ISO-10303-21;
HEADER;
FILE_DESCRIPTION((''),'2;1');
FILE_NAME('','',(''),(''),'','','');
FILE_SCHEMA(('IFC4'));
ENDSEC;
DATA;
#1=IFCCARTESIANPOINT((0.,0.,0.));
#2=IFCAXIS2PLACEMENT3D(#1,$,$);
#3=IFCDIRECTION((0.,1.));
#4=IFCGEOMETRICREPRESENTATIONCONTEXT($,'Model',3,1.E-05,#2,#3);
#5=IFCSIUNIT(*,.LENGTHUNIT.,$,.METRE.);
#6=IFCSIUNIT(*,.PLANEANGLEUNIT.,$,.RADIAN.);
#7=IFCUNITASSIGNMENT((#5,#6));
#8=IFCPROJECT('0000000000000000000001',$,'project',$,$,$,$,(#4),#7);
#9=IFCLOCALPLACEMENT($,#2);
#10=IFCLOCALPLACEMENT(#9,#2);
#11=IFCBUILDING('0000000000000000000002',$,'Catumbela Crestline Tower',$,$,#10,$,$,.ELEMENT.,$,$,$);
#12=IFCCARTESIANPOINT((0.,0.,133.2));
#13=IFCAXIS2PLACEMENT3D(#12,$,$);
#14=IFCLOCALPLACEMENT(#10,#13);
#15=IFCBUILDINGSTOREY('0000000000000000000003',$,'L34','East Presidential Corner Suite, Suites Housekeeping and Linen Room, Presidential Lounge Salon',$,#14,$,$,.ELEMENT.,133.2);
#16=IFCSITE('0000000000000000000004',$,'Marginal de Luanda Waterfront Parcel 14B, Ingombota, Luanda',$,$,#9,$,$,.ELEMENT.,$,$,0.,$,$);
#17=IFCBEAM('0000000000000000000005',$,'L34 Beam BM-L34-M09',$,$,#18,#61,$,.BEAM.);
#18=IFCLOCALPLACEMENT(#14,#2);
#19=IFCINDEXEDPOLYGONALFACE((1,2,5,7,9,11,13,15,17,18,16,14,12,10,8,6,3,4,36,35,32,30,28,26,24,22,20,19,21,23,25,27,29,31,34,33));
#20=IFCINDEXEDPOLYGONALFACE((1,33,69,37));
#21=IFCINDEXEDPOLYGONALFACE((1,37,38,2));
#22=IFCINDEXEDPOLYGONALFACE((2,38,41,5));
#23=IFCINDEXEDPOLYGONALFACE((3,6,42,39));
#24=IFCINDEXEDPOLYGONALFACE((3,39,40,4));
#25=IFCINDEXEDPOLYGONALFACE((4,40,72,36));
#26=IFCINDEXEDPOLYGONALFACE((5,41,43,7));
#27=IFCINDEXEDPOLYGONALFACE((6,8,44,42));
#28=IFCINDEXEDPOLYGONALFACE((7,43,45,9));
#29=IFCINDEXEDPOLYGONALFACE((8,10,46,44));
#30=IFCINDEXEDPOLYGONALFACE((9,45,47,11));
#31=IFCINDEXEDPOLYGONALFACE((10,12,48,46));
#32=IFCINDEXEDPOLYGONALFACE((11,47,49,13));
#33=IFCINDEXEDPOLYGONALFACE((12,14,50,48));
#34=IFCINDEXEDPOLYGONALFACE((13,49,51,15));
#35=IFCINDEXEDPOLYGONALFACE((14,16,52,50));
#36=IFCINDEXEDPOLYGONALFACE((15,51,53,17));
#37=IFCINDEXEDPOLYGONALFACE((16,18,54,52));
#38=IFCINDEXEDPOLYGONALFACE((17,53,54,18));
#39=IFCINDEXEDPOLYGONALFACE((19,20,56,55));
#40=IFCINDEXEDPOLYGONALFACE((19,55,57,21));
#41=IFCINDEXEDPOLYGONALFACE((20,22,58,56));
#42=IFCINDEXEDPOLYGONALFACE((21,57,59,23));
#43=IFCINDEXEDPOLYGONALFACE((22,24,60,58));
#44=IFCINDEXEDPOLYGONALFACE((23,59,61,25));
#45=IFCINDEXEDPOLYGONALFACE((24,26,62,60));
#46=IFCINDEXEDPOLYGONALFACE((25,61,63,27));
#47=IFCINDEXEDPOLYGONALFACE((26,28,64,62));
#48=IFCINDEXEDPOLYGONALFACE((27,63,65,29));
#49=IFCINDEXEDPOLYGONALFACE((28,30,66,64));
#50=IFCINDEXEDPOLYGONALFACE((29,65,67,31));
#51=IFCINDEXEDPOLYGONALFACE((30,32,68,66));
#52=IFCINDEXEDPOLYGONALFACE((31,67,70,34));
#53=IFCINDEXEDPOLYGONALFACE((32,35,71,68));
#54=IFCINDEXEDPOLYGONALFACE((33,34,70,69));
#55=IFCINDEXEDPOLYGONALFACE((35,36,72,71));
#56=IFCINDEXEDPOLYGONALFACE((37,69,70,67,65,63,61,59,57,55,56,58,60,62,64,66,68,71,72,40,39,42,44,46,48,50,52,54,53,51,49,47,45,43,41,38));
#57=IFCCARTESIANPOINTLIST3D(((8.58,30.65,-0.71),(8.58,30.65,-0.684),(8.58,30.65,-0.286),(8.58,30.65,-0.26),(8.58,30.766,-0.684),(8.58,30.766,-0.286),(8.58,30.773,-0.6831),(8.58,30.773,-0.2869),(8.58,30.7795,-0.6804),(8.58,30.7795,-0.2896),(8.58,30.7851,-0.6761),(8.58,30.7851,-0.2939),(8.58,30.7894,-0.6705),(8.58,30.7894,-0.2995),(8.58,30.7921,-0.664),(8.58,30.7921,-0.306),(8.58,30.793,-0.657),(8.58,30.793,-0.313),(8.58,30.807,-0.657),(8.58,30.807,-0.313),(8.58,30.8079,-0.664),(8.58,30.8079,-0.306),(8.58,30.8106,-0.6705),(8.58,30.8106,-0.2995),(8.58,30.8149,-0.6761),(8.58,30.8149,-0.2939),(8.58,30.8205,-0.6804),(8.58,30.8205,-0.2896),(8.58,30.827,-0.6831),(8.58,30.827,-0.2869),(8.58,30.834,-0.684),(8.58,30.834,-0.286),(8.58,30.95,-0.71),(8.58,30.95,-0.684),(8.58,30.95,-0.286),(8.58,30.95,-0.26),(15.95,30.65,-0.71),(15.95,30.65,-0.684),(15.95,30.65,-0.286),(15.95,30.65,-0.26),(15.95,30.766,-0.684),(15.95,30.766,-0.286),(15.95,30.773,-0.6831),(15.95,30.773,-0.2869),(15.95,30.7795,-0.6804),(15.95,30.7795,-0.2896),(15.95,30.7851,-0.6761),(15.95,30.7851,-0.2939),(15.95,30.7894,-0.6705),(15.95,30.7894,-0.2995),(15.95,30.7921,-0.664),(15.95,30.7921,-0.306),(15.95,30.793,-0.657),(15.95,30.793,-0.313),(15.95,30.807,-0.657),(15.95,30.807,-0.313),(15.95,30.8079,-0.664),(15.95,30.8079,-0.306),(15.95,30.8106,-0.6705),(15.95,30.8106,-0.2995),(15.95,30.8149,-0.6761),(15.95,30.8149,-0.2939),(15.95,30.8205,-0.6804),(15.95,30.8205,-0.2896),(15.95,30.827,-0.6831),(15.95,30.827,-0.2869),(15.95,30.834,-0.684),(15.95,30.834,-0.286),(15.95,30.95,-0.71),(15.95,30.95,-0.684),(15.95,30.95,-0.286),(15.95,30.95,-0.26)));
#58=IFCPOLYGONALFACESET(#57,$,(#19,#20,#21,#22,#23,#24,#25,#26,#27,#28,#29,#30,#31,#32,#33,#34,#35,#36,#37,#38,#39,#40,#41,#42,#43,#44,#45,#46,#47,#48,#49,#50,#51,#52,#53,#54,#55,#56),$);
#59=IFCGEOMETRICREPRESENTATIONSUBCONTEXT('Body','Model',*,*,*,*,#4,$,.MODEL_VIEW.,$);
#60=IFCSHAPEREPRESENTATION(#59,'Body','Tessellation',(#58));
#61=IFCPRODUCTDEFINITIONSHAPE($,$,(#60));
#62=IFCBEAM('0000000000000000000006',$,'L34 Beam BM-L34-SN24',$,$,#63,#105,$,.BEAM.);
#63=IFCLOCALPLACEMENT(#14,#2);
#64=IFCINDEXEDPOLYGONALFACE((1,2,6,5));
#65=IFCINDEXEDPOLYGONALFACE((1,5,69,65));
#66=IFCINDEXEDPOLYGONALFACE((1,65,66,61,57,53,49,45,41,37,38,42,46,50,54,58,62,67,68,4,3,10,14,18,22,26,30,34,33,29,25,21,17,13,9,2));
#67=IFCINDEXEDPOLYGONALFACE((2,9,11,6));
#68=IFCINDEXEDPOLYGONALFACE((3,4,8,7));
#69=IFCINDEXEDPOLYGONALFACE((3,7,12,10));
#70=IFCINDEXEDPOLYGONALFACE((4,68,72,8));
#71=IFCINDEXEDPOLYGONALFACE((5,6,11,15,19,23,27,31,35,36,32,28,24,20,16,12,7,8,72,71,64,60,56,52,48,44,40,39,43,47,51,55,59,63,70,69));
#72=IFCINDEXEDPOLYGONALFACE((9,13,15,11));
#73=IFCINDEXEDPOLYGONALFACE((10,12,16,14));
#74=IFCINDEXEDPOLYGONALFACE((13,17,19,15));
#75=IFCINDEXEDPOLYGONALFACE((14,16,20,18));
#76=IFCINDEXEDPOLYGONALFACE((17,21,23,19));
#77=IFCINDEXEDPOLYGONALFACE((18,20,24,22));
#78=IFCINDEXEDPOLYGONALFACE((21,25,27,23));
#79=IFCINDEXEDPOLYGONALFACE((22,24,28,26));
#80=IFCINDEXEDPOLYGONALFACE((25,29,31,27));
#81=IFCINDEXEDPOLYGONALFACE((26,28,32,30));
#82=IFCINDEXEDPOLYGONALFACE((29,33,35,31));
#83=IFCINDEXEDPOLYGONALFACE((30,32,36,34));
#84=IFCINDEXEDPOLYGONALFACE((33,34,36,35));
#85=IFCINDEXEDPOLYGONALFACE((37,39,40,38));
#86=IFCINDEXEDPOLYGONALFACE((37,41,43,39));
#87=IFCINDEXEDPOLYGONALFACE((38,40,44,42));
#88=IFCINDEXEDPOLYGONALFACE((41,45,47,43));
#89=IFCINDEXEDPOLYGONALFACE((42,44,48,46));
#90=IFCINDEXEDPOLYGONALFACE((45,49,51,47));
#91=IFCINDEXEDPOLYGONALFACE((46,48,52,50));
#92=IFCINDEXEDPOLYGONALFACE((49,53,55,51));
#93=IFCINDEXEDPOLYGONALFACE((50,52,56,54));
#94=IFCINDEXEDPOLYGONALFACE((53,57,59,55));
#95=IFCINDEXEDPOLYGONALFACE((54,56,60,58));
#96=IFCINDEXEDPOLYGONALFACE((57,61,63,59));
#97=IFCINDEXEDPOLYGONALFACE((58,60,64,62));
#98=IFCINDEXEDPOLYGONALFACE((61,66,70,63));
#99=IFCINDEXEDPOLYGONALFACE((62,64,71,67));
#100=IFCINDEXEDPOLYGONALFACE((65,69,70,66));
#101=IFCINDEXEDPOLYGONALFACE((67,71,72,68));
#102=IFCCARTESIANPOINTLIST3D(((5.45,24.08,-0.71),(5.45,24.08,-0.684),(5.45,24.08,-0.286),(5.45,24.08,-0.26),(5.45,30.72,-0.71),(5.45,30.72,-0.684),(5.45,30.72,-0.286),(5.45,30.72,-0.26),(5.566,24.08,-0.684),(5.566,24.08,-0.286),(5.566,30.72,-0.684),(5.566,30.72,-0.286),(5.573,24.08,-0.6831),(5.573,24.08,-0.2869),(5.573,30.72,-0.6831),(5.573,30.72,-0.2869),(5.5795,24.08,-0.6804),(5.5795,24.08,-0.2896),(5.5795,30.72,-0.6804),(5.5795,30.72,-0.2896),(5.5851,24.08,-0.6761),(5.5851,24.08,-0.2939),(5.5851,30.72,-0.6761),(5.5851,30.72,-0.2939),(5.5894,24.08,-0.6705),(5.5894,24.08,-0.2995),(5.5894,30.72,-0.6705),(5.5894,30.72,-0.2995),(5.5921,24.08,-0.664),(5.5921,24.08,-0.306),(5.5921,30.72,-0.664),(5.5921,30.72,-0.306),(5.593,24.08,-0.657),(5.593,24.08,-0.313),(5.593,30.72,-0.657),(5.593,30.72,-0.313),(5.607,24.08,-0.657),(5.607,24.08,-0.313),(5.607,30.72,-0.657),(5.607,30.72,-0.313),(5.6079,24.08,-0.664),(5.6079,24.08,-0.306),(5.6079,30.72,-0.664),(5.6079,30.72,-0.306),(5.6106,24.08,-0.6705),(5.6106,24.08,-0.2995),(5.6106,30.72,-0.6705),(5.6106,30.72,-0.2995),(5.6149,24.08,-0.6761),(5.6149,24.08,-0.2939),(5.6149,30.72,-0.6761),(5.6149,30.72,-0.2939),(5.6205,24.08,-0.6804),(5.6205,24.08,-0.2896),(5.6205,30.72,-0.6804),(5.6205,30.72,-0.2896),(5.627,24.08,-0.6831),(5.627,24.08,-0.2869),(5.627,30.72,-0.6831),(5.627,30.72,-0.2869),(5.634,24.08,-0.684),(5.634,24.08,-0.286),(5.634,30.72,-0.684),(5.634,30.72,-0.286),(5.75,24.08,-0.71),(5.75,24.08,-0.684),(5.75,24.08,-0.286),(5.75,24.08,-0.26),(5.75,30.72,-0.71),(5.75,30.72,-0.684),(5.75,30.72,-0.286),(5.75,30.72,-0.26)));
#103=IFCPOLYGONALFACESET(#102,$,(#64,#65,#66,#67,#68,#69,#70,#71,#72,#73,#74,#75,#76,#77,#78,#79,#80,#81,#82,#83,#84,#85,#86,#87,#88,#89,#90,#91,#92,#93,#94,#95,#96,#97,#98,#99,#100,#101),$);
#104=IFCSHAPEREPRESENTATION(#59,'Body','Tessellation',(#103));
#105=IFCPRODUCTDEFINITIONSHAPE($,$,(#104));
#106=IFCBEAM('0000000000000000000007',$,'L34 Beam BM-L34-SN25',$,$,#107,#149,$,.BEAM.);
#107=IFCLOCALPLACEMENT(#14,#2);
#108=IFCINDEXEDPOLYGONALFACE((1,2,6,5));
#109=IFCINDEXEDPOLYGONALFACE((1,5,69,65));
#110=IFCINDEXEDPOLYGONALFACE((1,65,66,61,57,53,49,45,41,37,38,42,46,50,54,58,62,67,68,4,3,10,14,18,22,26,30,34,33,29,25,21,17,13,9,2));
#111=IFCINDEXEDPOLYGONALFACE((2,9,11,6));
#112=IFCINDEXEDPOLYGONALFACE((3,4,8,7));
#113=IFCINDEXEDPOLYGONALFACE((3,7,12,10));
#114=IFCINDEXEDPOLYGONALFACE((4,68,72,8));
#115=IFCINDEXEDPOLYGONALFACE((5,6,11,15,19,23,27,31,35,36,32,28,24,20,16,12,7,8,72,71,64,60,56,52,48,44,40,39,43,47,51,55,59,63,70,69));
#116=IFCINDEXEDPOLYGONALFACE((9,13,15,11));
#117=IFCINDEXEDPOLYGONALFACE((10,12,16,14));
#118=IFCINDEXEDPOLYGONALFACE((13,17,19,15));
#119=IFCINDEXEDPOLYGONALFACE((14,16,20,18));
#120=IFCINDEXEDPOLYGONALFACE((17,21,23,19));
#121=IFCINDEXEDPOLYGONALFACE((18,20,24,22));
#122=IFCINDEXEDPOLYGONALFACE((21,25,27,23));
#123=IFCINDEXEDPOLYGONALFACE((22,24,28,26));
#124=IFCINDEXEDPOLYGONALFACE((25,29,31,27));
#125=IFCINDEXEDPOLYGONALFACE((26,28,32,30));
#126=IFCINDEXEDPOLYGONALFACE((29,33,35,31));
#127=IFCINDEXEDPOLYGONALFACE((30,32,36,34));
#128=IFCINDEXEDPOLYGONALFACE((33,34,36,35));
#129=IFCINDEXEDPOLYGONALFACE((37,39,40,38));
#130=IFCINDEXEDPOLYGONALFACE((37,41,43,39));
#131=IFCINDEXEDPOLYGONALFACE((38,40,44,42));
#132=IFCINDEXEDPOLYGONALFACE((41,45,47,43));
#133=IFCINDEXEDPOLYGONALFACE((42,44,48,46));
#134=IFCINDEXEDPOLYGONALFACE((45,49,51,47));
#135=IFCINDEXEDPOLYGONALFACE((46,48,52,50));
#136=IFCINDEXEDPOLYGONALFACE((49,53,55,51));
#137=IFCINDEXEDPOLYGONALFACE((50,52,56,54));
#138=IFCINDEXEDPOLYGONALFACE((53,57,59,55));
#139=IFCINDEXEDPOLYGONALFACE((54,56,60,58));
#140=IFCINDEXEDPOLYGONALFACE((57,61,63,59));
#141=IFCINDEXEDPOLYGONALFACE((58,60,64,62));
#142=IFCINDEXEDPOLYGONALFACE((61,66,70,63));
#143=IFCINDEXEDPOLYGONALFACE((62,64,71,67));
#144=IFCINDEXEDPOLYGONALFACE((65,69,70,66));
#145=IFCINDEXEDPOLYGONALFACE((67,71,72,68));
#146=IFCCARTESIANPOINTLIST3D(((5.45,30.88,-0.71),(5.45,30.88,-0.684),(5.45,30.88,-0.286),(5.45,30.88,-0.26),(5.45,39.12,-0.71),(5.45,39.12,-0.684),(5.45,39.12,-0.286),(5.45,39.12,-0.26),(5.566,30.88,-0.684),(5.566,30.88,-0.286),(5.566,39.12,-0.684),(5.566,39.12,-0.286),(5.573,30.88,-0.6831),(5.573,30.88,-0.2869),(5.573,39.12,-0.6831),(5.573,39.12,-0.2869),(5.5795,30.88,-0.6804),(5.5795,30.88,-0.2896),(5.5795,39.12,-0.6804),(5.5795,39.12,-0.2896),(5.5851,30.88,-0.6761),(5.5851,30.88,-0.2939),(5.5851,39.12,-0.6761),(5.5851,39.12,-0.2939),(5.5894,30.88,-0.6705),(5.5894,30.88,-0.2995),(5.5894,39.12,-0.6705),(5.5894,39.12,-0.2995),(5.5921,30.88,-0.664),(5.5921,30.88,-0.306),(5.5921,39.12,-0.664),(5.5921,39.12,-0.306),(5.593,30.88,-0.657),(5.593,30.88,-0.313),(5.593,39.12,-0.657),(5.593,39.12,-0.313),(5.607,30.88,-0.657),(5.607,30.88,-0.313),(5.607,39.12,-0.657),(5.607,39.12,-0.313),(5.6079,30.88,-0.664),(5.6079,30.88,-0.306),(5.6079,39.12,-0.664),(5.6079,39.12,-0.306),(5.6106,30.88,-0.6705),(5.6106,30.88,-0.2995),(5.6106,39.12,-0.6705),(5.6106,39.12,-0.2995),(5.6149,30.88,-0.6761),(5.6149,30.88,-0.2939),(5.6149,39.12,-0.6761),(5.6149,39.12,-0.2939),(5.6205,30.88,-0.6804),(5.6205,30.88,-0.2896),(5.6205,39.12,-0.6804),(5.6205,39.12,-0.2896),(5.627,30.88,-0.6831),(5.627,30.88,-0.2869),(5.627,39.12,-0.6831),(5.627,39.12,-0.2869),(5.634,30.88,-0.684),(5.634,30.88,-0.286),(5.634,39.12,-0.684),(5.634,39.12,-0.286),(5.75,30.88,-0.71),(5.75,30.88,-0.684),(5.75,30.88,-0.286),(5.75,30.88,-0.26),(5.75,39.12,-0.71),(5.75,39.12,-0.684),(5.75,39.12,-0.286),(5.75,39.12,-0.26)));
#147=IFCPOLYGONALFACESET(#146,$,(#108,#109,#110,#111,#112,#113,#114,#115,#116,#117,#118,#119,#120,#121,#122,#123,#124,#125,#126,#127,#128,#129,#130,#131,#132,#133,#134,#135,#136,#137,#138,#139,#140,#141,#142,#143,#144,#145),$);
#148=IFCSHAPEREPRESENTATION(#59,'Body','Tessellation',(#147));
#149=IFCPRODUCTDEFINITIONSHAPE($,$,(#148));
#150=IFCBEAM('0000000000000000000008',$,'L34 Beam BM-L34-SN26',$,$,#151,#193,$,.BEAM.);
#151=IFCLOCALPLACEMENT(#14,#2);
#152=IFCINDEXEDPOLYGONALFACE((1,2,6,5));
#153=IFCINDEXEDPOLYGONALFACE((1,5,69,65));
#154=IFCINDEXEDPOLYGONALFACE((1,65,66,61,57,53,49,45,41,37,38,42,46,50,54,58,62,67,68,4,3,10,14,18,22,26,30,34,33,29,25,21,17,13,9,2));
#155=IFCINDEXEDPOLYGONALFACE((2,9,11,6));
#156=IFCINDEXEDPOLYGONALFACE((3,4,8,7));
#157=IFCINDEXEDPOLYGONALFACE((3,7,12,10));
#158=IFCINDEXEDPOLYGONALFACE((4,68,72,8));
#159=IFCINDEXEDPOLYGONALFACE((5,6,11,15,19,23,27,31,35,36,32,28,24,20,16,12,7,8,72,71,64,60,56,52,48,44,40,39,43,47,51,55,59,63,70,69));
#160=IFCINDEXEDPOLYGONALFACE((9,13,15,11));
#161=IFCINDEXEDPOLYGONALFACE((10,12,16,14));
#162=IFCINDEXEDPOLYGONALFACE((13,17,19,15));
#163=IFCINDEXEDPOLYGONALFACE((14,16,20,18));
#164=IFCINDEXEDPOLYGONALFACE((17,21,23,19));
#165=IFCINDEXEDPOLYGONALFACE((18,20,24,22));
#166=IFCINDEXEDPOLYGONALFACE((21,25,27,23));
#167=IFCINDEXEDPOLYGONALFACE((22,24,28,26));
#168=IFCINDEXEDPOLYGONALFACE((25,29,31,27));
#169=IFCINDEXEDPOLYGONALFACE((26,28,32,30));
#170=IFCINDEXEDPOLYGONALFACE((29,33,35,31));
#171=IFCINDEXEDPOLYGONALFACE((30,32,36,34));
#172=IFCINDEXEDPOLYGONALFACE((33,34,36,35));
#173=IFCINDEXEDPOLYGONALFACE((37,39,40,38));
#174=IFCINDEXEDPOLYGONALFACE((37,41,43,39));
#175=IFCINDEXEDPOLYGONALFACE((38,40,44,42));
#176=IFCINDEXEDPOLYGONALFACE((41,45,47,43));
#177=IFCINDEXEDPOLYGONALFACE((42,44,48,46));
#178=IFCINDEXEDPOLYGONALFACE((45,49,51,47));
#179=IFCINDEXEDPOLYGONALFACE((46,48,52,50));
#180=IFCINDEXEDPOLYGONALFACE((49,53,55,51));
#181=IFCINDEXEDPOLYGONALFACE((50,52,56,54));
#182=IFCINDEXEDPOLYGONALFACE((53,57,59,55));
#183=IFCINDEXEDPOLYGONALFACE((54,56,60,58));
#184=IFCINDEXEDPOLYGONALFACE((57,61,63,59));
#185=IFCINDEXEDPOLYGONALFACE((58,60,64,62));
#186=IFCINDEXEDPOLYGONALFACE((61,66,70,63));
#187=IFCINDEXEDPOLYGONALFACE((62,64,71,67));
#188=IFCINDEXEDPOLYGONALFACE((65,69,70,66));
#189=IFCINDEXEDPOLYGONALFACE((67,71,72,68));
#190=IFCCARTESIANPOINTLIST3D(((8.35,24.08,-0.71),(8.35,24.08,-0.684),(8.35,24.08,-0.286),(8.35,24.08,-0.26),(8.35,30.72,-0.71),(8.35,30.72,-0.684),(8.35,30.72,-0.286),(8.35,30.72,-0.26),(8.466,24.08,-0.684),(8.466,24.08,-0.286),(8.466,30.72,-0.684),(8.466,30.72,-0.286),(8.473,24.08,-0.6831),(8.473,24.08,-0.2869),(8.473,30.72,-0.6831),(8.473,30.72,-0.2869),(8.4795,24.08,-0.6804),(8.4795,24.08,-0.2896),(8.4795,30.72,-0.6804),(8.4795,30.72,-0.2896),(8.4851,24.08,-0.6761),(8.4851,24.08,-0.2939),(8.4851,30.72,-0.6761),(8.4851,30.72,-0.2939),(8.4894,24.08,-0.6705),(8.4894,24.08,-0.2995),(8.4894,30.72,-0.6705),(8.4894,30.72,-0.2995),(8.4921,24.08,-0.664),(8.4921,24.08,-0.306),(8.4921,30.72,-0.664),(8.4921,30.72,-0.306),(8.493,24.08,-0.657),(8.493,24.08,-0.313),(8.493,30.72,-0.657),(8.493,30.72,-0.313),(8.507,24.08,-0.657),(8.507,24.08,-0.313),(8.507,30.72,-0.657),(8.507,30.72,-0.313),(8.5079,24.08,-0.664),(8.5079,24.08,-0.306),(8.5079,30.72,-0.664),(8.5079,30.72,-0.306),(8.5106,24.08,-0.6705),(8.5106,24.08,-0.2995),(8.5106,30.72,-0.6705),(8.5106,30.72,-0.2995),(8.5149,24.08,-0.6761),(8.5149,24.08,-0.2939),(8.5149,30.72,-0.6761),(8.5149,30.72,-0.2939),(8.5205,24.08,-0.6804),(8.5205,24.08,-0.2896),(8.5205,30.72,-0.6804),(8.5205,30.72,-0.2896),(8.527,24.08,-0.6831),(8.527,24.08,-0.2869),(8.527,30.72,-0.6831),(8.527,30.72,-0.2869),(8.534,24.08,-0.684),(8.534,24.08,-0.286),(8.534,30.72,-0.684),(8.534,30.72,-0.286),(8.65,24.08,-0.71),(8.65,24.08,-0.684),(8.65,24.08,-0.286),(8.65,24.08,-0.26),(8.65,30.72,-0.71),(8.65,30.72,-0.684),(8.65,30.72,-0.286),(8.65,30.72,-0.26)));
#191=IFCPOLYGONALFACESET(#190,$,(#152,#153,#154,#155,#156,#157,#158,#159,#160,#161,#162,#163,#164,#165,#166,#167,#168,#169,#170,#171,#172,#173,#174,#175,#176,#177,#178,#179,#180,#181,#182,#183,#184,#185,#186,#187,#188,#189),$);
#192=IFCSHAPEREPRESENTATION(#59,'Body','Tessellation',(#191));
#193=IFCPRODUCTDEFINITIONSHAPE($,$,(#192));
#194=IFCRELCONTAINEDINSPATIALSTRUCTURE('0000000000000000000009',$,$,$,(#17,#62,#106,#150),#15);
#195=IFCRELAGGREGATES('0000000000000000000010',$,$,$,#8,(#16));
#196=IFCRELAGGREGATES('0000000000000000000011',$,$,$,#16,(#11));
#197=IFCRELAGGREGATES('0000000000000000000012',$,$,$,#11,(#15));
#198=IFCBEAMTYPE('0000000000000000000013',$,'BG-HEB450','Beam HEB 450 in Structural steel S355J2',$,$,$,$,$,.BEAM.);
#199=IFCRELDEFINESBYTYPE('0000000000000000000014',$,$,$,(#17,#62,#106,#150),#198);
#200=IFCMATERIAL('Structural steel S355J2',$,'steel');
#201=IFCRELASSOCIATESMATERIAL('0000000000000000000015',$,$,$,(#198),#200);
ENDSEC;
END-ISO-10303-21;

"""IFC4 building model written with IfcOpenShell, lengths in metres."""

from ifc_helpers import new_model, si_unit, direction, frame, origin, origin_2d, place, context, subcontext, project, spatial, i_section, extrude, material, material_profile, profile_set, type_object, element, save


model = new_model("IFC4")

# Units and contexts
model_context = context("Model", 3, precision=1e-05, world=origin(), true_north=direction((0.0, 1.0)))
body_context = subcontext(model_context, "Body", "Model", "MODEL_VIEW")
ifc_project = project(units=[si_unit("LENGTHUNIT", "METRE"), si_unit("PLANEANGLEUNIT", "RADIAN")], contexts=[model_context])

# Site, building, storey
site_placement = place(None, origin())
site = spatial("IfcSite", under=ifc_project, at=site_placement, Name="Marginal de Luanda Waterfront Parcel 14B, Ingombota, Luanda", CompositionType="ELEMENT", RefElevation=0.0)
building_placement = place(site_placement, origin())
building = spatial("IfcBuilding", under=site, at=building_placement, Name="Catumbela Crestline Tower", CompositionType="ELEMENT")
storey_placement = place(building_placement, frame((0.0, 0.0, 133.2)))
storey = spatial("IfcBuildingStorey", under=building, at=storey_placement, Name="L34", Description="East Presidential Corner Suite, Suites Housekeeping and Linen Room, Presidential Lounge Salon", CompositionType="ELEMENT", Elevation=133.2)

# Beams
ifc_material_1 = material(Name="Structural steel S355J2", Category="steel")
ifc_material_profile_1 = material_profile(ifc_material_1, i_section(OverallWidth=0.3, OverallDepth=0.45, WebThickness=0.014, FlangeThickness=0.026, FilletRadius=0.027, at=origin_2d()), Name="HEB 450")
ifc_profile_set_1 = profile_set([ifc_material_profile_1], Name="Structural steel S355J2")
beam_type = type_object("IfcBeamType", Name="BG-HEB450", Description="Beam HEB 450 in Structural steel S355J2", PredefinedType="BEAM", material=ifc_profile_set_1)
beam_1_placement = place(storey_placement, frame((8.58, 30.8, -0.485), z_axis=(1.0, 0.0, 0.0), x_axis=(0.0, 1.0, 0.0)))
element("IfcBeam", 1, at=beam_1_placement, inside=storey, type_object=beam_type, Name="L34 Beam BM-L34-M09", PredefinedType="BEAM", context=body_context, shape_type="SweptSolid", body=[
    extrude(i_section(OverallWidth=0.3, OverallDepth=0.45, WebThickness=0.014, FlangeThickness=0.026, FilletRadius=0.027, at=origin_2d()), origin(), (0.0, 0.0, 1.0), 7.37),
])
beam_2_placement = place(storey_placement, frame((5.6, 24.08, -0.485), z_axis=(0.0, 1.0, 0.0), x_axis=(-1.0, 0.0, 0.0)))
element("IfcBeam", 2, at=beam_2_placement, inside=storey, type_object=beam_type, Name="L34 Beam BM-L34-SN24", PredefinedType="BEAM", context=body_context, shape_type="SweptSolid", body=[
    extrude(i_section(OverallWidth=0.3, OverallDepth=0.45, WebThickness=0.014, FlangeThickness=0.026, FilletRadius=0.027, at=origin_2d()), origin(), (0.0, 0.0, 1.0), 6.64),
])
beam_3_placement = place(storey_placement, frame((5.6, 30.88, -0.485), z_axis=(0.0, 1.0, 0.0), x_axis=(-1.0, 0.0, 0.0)))
element("IfcBeam", 3, at=beam_3_placement, inside=storey, type_object=beam_type, Name="L34 Beam BM-L34-SN25", PredefinedType="BEAM", context=body_context, shape_type="SweptSolid", body=[
    extrude(i_section(OverallWidth=0.3, OverallDepth=0.45, WebThickness=0.014, FlangeThickness=0.026, FilletRadius=0.027, at=origin_2d()), origin(), (0.0, 0.0, 1.0), 8.24),
])
beam_4_placement = place(storey_placement, frame((8.5, 24.08, -0.485), z_axis=(0.0, 1.0, 0.0), x_axis=(-1.0, 0.0, 0.0)))
element("IfcBeam", 4, at=beam_4_placement, inside=storey, type_object=beam_type, Name="L34 Beam BM-L34-SN26", PredefinedType="BEAM", context=body_context, shape_type="SweptSolid", body=[
    extrude(i_section(OverallWidth=0.3, OverallDepth=0.45, WebThickness=0.014, FlangeThickness=0.026, FilletRadius=0.027, at=origin_2d()), origin(), (0.0, 0.0, 1.0), 6.64),
])

save(model, "model.ifc")
